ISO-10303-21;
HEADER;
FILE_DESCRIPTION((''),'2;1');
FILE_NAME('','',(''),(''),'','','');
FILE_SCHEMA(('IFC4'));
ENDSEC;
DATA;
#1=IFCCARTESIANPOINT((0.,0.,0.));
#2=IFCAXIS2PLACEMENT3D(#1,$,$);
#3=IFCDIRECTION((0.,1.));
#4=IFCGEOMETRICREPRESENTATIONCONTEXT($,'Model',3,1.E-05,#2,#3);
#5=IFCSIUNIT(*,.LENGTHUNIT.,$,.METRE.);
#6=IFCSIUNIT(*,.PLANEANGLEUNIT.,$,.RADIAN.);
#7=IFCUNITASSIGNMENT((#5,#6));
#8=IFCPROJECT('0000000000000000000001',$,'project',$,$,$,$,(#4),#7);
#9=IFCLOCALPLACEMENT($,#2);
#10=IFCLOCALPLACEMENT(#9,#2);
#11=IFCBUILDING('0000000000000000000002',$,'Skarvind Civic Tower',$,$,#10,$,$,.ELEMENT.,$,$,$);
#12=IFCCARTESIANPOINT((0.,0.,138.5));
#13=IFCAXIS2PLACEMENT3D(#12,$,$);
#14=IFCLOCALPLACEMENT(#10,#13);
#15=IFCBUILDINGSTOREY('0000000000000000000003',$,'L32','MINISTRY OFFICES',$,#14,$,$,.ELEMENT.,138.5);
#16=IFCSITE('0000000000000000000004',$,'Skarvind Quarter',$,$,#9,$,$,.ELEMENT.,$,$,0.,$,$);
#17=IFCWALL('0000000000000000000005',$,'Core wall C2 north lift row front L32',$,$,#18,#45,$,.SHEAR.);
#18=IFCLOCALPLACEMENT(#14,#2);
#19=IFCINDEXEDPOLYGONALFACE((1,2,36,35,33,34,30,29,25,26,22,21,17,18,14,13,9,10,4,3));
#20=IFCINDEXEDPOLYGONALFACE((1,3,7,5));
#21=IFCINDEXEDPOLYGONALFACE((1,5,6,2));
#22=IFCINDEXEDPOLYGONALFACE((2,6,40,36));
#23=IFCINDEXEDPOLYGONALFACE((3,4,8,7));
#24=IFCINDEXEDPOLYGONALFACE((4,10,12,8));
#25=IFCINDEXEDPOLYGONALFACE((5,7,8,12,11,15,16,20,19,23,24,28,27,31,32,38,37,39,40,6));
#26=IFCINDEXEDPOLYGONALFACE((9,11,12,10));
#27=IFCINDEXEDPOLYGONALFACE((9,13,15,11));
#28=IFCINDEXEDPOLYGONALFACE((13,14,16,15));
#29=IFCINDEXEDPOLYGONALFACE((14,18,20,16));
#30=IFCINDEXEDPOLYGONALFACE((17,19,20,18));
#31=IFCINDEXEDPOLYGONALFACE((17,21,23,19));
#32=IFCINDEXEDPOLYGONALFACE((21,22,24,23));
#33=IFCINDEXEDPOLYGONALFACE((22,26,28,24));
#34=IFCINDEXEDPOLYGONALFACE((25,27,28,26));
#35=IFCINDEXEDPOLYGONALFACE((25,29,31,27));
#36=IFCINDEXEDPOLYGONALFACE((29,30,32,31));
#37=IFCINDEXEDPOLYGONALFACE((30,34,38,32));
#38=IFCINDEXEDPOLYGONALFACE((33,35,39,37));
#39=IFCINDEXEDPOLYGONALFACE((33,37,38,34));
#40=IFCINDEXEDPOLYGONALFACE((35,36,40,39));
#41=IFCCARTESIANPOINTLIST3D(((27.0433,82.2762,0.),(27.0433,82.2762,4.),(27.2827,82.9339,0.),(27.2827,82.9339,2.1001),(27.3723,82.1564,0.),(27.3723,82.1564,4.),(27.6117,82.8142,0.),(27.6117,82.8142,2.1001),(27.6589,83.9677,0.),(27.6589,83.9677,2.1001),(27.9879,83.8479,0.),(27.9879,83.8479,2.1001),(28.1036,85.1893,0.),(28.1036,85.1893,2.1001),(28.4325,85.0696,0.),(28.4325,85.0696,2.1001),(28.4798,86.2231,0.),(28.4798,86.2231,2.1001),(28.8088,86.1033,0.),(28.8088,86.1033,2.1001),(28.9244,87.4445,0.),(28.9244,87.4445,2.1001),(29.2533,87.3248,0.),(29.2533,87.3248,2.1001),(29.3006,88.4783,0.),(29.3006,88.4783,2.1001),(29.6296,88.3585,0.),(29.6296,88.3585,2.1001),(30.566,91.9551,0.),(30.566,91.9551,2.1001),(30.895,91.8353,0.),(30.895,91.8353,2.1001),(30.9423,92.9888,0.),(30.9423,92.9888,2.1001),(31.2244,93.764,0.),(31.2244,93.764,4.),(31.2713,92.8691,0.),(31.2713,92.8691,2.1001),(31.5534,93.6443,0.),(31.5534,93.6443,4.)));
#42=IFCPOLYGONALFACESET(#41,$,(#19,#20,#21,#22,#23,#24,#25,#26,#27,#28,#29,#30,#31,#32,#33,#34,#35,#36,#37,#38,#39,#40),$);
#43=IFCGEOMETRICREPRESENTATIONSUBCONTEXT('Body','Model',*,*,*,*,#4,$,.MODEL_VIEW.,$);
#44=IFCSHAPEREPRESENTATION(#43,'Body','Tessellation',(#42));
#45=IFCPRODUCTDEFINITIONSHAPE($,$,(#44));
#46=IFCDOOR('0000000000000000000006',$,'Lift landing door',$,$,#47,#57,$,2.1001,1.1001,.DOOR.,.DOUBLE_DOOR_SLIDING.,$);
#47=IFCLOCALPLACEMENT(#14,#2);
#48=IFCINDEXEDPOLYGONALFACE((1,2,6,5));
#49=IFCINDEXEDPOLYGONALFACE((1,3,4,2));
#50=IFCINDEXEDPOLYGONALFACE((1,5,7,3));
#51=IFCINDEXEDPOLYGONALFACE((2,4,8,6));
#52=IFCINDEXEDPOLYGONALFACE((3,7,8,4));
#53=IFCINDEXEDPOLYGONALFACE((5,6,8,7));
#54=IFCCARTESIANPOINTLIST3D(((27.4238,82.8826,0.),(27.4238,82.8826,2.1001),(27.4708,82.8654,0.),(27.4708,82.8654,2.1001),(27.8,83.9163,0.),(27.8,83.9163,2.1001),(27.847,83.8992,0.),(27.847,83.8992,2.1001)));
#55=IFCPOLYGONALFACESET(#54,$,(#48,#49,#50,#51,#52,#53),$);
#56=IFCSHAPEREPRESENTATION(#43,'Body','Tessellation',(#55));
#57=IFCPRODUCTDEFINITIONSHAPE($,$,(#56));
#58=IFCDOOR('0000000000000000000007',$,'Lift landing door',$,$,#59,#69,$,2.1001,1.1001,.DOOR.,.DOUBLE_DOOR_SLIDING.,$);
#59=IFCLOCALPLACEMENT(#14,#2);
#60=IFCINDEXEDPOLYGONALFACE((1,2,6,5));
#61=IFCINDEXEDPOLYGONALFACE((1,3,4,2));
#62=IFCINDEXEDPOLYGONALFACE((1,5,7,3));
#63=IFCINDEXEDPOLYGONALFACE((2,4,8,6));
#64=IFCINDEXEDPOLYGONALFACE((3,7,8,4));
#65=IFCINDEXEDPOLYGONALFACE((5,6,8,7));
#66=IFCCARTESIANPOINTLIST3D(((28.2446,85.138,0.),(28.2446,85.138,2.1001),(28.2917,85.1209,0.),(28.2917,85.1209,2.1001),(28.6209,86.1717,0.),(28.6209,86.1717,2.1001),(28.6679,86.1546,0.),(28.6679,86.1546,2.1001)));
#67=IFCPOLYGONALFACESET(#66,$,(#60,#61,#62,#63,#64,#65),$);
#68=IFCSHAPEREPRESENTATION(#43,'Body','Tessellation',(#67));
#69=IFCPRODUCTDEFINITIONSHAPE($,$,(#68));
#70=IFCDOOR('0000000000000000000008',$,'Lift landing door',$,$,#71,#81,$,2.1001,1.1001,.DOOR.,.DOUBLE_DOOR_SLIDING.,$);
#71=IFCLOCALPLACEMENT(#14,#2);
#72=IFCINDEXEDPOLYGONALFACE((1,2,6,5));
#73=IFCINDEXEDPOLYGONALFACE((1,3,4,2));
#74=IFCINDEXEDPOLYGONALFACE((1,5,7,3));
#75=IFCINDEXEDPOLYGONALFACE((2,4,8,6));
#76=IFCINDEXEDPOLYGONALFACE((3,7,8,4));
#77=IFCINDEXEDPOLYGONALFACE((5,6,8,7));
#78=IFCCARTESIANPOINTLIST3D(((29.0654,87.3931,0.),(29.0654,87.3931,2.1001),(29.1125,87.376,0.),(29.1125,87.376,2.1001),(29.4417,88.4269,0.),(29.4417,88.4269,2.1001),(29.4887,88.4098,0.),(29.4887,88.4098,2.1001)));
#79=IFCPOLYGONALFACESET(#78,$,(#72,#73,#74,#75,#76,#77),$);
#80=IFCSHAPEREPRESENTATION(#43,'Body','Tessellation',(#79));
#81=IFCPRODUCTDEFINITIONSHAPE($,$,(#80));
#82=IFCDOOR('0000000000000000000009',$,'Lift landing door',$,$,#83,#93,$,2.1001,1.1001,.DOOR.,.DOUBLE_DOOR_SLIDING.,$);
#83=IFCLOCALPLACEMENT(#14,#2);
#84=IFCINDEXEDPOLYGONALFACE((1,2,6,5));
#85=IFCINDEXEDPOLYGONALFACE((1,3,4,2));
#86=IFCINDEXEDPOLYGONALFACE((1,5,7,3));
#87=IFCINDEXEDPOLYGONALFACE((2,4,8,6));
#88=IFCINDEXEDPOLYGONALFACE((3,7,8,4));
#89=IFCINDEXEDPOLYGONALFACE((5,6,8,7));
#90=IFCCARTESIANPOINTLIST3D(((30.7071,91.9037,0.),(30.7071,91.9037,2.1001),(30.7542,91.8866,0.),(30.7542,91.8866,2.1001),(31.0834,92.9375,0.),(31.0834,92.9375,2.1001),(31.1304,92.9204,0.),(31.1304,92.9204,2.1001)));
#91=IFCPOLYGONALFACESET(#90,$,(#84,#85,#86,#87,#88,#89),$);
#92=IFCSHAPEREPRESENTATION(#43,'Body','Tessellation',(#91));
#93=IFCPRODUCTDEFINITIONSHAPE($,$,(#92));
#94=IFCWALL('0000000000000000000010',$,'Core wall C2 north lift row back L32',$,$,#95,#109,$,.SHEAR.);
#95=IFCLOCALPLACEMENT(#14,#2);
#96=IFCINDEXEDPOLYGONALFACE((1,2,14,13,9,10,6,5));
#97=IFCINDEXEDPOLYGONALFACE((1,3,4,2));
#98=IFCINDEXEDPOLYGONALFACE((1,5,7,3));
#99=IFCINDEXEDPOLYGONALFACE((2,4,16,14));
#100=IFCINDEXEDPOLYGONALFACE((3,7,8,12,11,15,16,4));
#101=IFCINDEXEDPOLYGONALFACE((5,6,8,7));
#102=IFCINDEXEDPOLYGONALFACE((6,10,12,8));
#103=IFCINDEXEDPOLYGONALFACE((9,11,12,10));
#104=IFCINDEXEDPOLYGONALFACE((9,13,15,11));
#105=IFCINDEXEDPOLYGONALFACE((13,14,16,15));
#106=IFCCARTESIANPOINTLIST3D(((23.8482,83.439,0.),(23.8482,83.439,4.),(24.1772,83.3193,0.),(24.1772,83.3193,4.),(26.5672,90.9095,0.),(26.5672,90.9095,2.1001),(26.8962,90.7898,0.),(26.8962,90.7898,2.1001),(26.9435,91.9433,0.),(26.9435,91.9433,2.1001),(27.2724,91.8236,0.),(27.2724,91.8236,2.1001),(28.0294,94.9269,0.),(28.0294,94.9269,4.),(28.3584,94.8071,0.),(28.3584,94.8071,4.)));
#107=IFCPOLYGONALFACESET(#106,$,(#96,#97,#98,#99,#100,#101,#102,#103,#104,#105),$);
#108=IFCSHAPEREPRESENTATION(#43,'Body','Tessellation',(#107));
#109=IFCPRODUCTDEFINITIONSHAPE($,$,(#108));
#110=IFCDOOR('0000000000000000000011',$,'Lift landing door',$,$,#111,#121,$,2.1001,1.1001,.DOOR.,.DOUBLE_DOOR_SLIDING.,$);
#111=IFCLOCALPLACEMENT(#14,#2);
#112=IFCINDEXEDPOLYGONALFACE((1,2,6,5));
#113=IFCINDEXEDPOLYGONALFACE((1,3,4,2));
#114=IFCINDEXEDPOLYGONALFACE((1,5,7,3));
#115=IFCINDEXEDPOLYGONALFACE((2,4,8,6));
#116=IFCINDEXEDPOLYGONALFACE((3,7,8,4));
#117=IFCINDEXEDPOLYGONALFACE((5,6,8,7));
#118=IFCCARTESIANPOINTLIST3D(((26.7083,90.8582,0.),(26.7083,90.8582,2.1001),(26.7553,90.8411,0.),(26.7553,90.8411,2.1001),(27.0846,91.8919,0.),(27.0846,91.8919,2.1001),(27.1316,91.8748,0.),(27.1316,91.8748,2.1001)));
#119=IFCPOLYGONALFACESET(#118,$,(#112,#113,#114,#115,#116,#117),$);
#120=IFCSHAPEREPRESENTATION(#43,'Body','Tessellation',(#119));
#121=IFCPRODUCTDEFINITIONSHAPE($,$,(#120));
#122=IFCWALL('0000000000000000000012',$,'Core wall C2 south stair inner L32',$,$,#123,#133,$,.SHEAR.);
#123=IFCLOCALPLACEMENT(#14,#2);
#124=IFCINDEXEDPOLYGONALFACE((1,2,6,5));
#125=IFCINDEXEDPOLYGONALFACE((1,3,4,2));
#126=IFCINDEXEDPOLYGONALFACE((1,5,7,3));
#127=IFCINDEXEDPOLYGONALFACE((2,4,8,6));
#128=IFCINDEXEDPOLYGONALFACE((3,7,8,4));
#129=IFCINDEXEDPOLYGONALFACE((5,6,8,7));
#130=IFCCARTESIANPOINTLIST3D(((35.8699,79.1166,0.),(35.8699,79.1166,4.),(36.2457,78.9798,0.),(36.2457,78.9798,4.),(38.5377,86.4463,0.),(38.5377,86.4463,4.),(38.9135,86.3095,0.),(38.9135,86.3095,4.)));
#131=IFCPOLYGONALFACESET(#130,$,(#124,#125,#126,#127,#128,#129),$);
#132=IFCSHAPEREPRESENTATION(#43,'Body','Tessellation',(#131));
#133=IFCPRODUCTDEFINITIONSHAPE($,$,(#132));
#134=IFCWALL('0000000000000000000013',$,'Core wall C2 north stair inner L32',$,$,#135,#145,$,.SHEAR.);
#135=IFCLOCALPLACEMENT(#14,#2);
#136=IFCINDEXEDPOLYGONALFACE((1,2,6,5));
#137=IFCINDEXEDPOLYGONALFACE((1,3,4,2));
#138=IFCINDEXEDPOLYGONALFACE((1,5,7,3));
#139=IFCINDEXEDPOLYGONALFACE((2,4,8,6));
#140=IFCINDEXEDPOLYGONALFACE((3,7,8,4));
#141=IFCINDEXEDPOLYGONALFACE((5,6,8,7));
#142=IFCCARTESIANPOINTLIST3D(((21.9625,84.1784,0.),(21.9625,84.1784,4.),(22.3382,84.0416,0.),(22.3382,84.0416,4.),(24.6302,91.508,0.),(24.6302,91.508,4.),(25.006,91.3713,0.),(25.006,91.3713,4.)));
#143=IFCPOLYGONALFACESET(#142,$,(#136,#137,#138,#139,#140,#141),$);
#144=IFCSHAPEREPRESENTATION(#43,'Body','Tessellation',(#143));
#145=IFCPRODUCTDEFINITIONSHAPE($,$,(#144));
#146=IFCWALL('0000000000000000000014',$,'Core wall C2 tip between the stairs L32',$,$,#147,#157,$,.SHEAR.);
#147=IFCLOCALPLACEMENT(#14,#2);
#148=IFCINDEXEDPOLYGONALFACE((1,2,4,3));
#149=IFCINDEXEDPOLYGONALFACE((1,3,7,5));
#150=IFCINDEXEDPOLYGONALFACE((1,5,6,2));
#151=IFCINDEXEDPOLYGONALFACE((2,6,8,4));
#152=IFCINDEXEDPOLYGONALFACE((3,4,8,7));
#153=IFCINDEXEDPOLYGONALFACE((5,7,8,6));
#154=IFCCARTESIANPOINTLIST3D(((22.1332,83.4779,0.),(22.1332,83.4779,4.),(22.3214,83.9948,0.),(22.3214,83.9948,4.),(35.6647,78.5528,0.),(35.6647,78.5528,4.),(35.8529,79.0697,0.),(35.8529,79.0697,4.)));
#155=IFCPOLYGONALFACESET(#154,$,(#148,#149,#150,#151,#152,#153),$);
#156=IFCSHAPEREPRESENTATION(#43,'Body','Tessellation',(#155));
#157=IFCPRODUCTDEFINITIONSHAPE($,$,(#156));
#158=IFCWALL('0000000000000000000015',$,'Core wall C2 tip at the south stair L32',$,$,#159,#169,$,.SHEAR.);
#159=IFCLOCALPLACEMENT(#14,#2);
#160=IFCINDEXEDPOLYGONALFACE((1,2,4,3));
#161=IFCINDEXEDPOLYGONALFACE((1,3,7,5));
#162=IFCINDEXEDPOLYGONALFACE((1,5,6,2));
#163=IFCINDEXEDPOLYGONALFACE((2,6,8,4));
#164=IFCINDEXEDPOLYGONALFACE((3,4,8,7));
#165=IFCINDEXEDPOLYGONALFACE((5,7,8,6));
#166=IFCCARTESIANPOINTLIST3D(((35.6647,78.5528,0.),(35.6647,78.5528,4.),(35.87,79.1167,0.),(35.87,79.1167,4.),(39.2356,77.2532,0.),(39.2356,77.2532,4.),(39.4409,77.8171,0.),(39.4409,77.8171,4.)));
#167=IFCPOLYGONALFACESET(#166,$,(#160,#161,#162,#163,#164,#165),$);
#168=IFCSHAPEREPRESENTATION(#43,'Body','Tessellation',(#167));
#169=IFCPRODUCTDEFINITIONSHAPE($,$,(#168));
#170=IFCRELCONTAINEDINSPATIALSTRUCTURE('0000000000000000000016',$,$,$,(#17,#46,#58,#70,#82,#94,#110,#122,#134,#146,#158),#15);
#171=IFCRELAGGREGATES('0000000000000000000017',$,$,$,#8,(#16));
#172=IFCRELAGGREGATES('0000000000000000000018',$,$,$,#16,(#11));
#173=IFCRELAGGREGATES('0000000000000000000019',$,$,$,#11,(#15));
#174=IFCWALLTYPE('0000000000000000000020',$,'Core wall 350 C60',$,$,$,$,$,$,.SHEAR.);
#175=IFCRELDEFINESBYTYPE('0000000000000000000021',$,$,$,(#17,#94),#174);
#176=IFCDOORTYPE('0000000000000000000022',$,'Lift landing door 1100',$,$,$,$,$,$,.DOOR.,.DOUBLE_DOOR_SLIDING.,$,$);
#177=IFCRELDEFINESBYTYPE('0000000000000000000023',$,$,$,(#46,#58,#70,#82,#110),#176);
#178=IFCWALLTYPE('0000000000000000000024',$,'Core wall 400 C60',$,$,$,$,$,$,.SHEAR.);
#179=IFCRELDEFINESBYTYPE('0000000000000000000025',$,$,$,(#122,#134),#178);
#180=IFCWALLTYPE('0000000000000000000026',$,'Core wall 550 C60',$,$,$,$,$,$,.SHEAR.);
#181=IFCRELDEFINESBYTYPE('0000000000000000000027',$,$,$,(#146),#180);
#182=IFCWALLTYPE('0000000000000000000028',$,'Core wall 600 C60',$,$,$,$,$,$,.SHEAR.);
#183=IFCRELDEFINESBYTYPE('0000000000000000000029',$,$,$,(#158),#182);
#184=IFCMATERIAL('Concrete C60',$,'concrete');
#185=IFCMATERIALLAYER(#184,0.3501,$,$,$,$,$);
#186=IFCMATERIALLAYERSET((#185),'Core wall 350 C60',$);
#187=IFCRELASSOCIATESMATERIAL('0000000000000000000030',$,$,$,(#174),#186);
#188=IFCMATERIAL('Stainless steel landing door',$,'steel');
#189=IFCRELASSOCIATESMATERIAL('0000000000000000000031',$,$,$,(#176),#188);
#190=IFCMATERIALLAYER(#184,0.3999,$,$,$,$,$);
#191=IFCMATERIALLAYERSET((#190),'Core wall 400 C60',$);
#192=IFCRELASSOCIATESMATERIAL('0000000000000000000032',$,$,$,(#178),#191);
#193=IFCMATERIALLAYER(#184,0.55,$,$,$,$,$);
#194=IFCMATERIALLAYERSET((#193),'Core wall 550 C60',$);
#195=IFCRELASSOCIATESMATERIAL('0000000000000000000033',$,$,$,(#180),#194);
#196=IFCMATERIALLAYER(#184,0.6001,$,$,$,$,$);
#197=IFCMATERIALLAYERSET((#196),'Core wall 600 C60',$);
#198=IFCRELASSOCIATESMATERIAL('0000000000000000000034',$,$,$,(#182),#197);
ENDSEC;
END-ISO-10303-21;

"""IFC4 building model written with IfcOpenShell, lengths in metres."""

from ifc_helpers import new_model, si_unit, direction, frame, frame_2d, origin, place, context, subcontext, project, spatial, rectangle, extrude, material, layer, layer_set, type_object, element, fill, save


model = new_model("IFC4")

# Units and contexts
model_context = context("Model", 3, precision=1e-05, world=origin(), true_north=direction((0.0, 1.0)))
body_context = subcontext(model_context, "Body", "Model", "MODEL_VIEW")
ifc_project = project(units=[si_unit("LENGTHUNIT", "METRE"), si_unit("PLANEANGLEUNIT", "RADIAN")], contexts=[model_context])

# Site, building, storey
site_placement = place(None, origin())
site = spatial("IfcSite", under=ifc_project, at=site_placement, Name="Skarvind Quarter", CompositionType="ELEMENT", RefElevation=0.0)
building_placement = place(site_placement, origin())
building = spatial("IfcBuilding", under=site, at=building_placement, Name="Skarvind Civic Tower", CompositionType="ELEMENT")
storey_placement = place(building_placement, frame((0.0, 0.0, 138.5)))
storey = spatial("IfcBuildingStorey", under=building, at=storey_placement, Name="L32", Description="MINISTRY OFFICES", CompositionType="ELEMENT", Elevation=138.5)

# Shared definitions
ifc_material_1 = material(Name="Concrete C60", Category="concrete")
ifc_layer_1 = layer(ifc_material_1, 0.3501)
ifc_layer_set_1 = layer_set([ifc_layer_1], Name="Core wall 350 C60")
wall_type_1 = type_object("IfcWallType", Name="Core wall 350 C60", PredefinedType="SHEAR", material=ifc_layer_set_1)

# Wall, openings, doors
wall_1_placement = place(storey_placement, frame((27.2078, 82.2163, 0.0), z_axis=(0.0, 0.0, 1.0), x_axis=(0.342016, 0.939694, 0.0)))
wall_1 = element("IfcWall", 1, at=wall_1_placement, inside=storey, type_object=wall_type_1, Name="Core wall C2 north lift row front L32", PredefinedType="SHEAR", context=body_context, shape_type="SweptSolid", body=[
    extrude(rectangle(XDim=12.2251, YDim=0.3501, at=frame_2d((6.1125, 0.0))), origin(), (0.0, 0.0, 1.0), 4.0),
])
opening_1_placement = place(wall_1_placement, frame((0.7, 0.0, 0.0)))
opening_1 = element("IfcOpeningElement", 2, at=opening_1_placement, cuts=wall_1, PredefinedType="OPENING", context=body_context, shape_type="SweptSolid", body=[
    extrude(rectangle(XDim=1.1001, YDim=2.1001, at=frame_2d((0.55, 1.05))), frame((0.0, 0.1851, 0.0), z_axis=(0.0, -1.0, 0.0), x_axis=(1.0, 0.0, 0.0)), (0.0, 0.0, 1.0), 0.3701),
])
opening_2_placement = place(wall_1_placement, frame((3.1001, 0.0, 0.0)))
opening_2 = element("IfcOpeningElement", 3, at=opening_2_placement, cuts=wall_1, PredefinedType="OPENING", context=body_context, shape_type="SweptSolid", body=[
    extrude(rectangle(XDim=1.1001, YDim=2.1001, at=frame_2d((0.55, 1.05))), frame((0.0, 0.1851, 0.0), z_axis=(0.0, -1.0, 0.0), x_axis=(1.0, 0.0, 0.0)), (0.0, 0.0, 1.0), 0.3701),
])
opening_3_placement = place(wall_1_placement, frame((5.5, 0.0, 0.0)))
opening_3 = element("IfcOpeningElement", 4, at=opening_3_placement, cuts=wall_1, PredefinedType="OPENING", context=body_context, shape_type="SweptSolid", body=[
    extrude(rectangle(XDim=1.1001, YDim=2.1001, at=frame_2d((0.55, 1.05))), frame((0.0, 0.1851, 0.0), z_axis=(0.0, -1.0, 0.0), x_axis=(1.0, 0.0, 0.0)), (0.0, 0.0, 1.0), 0.3701),
])
opening_4_placement = place(wall_1_placement, frame((10.3, 0.0, 0.0)))
opening_4 = element("IfcOpeningElement", 5, at=opening_4_placement, cuts=wall_1, PredefinedType="OPENING", context=body_context, shape_type="SweptSolid", body=[
    extrude(rectangle(XDim=1.1001, YDim=2.1001, at=frame_2d((0.55, 1.05))), frame((0.0, 0.1851, 0.0), z_axis=(0.0, -1.0, 0.0), x_axis=(1.0, 0.0, 0.0)), (0.0, 0.0, 1.0), 0.3701),
])
ifc_material_2 = material(Name="Stainless steel landing door", Category="steel")
door_type_1 = type_object("IfcDoorType", Name="Lift landing door 1100", OperationType="DOUBLE_DOOR_SLIDING", PredefinedType="DOOR", material=ifc_material_2)
door_1_placement = place(opening_1_placement, origin())
door_1 = element("IfcDoor", 6, at=door_1_placement, inside=storey, type_object=door_type_1, Name="Lift landing door", OperationType="DOUBLE_DOOR_SLIDING", OverallHeight=2.1001, OverallWidth=1.1001, PredefinedType="DOOR", context=body_context, shape_type="SweptSolid", body=[
    extrude(rectangle(XDim=1.1001, YDim=2.1001, at=frame_2d((0.55, 1.05))), frame((0.0, 0.0249, 0.0), z_axis=(0.0, -1.0, 0.0), x_axis=(1.0, 0.0, 0.0)), (0.0, 0.0, 1.0), 0.05),
])
fill(opening_1, door_1)
door_2_placement = place(opening_2_placement, origin())
door_2 = element("IfcDoor", 7, at=door_2_placement, inside=storey, type_object=door_type_1, Name="Lift landing door", OperationType="DOUBLE_DOOR_SLIDING", OverallHeight=2.1001, OverallWidth=1.1001, PredefinedType="DOOR", context=body_context, shape_type="SweptSolid", body=[
    extrude(rectangle(XDim=1.1001, YDim=2.1001, at=frame_2d((0.55, 1.05))), frame((0.0, 0.0249, 0.0), z_axis=(0.0, -1.0, 0.0), x_axis=(1.0, 0.0, 0.0)), (0.0, 0.0, 1.0), 0.05),
])
fill(opening_2, door_2)
door_3_placement = place(opening_3_placement, origin())
door_3 = element("IfcDoor", 8, at=door_3_placement, inside=storey, type_object=door_type_1, Name="Lift landing door", OperationType="DOUBLE_DOOR_SLIDING", OverallHeight=2.1001, OverallWidth=1.1001, PredefinedType="DOOR", context=body_context, shape_type="SweptSolid", body=[
    extrude(rectangle(XDim=1.1001, YDim=2.1001, at=frame_2d((0.55, 1.05))), frame((0.0, 0.0249, 0.0), z_axis=(0.0, -1.0, 0.0), x_axis=(1.0, 0.0, 0.0)), (0.0, 0.0, 1.0), 0.05),
])
fill(opening_3, door_3)
door_4_placement = place(opening_4_placement, origin())
door_4 = element("IfcDoor", 9, at=door_4_placement, inside=storey, type_object=door_type_1, Name="Lift landing door", OperationType="DOUBLE_DOOR_SLIDING", OverallHeight=2.1001, OverallWidth=1.1001, PredefinedType="DOOR", context=body_context, shape_type="SweptSolid", body=[
    extrude(rectangle(XDim=1.1001, YDim=2.1001, at=frame_2d((0.55, 1.05))), frame((0.0, 0.0249, 0.0), z_axis=(0.0, -1.0, 0.0), x_axis=(1.0, 0.0, 0.0)), (0.0, 0.0, 1.0), 0.05),
])
fill(opening_4, door_4)

# Wall, opening, door
wall_2_placement = place(storey_placement, frame((24.0127, 83.3792, 0.0), z_axis=(0.0, 0.0, 1.0), x_axis=(0.342016, 0.939694, 0.0)))
wall_2 = element("IfcWall", 10, at=wall_2_placement, inside=storey, type_object=wall_type_1, Name="Core wall C2 north lift row back L32", PredefinedType="SHEAR", context=body_context, shape_type="SweptSolid", body=[
    extrude(rectangle(XDim=12.2251, YDim=0.3501, at=frame_2d((6.1125, 0.0))), origin(), (0.0, 0.0, 1.0), 4.0),
])
opening_5_placement = place(wall_2_placement, frame((7.95, 0.0, 0.0)))
opening_5 = element("IfcOpeningElement", 11, at=opening_5_placement, cuts=wall_2, PredefinedType="OPENING", context=body_context, shape_type="SweptSolid", body=[
    extrude(rectangle(XDim=1.1001, YDim=2.1001, at=frame_2d((0.55, 1.05))), frame((0.0, 0.1851, 0.0), z_axis=(0.0, -1.0, 0.0), x_axis=(1.0, 0.0, 0.0)), (0.0, 0.0, 1.0), 0.3701),
])
door_5_placement = place(opening_5_placement, origin())
door_5 = element("IfcDoor", 12, at=door_5_placement, inside=storey, type_object=door_type_1, Name="Lift landing door", OperationType="DOUBLE_DOOR_SLIDING", OverallHeight=2.1001, OverallWidth=1.1001, PredefinedType="DOOR", context=body_context, shape_type="SweptSolid", body=[
    extrude(rectangle(XDim=1.1001, YDim=2.1001, at=frame_2d((0.55, 1.05))), frame((0.0, 0.0249, 0.0), z_axis=(0.0, -1.0, 0.0), x_axis=(1.0, 0.0, 0.0)), (0.0, 0.0, 1.0), 0.05),
])
fill(opening_5, door_5)

# Walls
ifc_layer_2 = layer(ifc_material_1, 0.3999)
ifc_layer_set_2 = layer_set([ifc_layer_2], Name="Core wall 400 C60")
wall_type_2 = type_object("IfcWallType", Name="Core wall 400 C60", PredefinedType="SHEAR", material=ifc_layer_set_2)
for number, where, z_axis, x_axis, name in (
    (13, (36.0579, 79.0483, 0.0), (0.0, 0.0, 1.0), (0.342017, 0.939694, 0.0), "Core wall C2 south stair inner L32"),
    (14, (22.1504, 84.1101, 0.0), (0.0, 0.0, 1.0), (0.342017, 0.939694, 0.0), "Core wall C2 north stair inner L32"),
):
    element("IfcWall", number, at=place(storey_placement, frame(where, z_axis=z_axis, x_axis=x_axis)), inside=storey, type_object=wall_type_2, Name=name, PredefinedType="SHEAR", context=body_context, shape_type="SweptSolid", body=[
        extrude(rectangle(XDim=7.8, YDim=0.3999, at=frame_2d((3.8999, 0.0))), origin(), (0.0, 0.0, 1.0), 4.0),
    ])
ifc_layer_3 = layer(ifc_material_1, 0.55)
ifc_layer_set_3 = layer_set([ifc_layer_3], Name="Core wall 550 C60")
wall_type_3 = type_object("IfcWallType", Name="Core wall 550 C60", PredefinedType="SHEAR", material=ifc_layer_set_3)
wall_3_placement = place(storey_placement, frame((35.7588, 78.8113, 0.0), z_axis=(0.0, 0.0, 1.0), x_axis=(-0.939693, 0.342019, 0.0)))
element("IfcWall", 15, at=wall_3_placement, inside=storey, type_object=wall_type_3, Name="Core wall C2 tip between the stairs L32", PredefinedType="SHEAR", context=body_context, shape_type="SweptSolid", body=[
    extrude(rectangle(XDim=14.3999, YDim=0.55, at=frame_2d((7.2, 0.0))), origin(), (0.0, 0.0, 1.0), 4.0),
])
ifc_layer_4 = layer(ifc_material_1, 0.6001)
ifc_layer_set_4 = layer_set([ifc_layer_4], Name="Core wall 600 C60")
wall_type_4 = type_object("IfcWallType", Name="Core wall 600 C60", PredefinedType="SHEAR", material=ifc_layer_set_4)
for number, where, z_axis, x_axis, name in (
    (16, (39.3381, 77.5352, 0.0), (0.0, 0.0, 1.0), (-0.939701, 0.341996, 0.0), "Core wall C2 tip at the south stair L32"),
):
    element("IfcWall", number, at=place(storey_placement, frame(where, z_axis=z_axis, x_axis=x_axis)), inside=storey, type_object=wall_type_4, Name=name, PredefinedType="SHEAR", context=body_context, shape_type="SweptSolid", body=[
        extrude(rectangle(XDim=3.8, YDim=0.6001, at=frame_2d((1.8999, 0.0))), origin(), (0.0, 0.0, 1.0), 4.0),
    ])

save(model, "model.ifc")
